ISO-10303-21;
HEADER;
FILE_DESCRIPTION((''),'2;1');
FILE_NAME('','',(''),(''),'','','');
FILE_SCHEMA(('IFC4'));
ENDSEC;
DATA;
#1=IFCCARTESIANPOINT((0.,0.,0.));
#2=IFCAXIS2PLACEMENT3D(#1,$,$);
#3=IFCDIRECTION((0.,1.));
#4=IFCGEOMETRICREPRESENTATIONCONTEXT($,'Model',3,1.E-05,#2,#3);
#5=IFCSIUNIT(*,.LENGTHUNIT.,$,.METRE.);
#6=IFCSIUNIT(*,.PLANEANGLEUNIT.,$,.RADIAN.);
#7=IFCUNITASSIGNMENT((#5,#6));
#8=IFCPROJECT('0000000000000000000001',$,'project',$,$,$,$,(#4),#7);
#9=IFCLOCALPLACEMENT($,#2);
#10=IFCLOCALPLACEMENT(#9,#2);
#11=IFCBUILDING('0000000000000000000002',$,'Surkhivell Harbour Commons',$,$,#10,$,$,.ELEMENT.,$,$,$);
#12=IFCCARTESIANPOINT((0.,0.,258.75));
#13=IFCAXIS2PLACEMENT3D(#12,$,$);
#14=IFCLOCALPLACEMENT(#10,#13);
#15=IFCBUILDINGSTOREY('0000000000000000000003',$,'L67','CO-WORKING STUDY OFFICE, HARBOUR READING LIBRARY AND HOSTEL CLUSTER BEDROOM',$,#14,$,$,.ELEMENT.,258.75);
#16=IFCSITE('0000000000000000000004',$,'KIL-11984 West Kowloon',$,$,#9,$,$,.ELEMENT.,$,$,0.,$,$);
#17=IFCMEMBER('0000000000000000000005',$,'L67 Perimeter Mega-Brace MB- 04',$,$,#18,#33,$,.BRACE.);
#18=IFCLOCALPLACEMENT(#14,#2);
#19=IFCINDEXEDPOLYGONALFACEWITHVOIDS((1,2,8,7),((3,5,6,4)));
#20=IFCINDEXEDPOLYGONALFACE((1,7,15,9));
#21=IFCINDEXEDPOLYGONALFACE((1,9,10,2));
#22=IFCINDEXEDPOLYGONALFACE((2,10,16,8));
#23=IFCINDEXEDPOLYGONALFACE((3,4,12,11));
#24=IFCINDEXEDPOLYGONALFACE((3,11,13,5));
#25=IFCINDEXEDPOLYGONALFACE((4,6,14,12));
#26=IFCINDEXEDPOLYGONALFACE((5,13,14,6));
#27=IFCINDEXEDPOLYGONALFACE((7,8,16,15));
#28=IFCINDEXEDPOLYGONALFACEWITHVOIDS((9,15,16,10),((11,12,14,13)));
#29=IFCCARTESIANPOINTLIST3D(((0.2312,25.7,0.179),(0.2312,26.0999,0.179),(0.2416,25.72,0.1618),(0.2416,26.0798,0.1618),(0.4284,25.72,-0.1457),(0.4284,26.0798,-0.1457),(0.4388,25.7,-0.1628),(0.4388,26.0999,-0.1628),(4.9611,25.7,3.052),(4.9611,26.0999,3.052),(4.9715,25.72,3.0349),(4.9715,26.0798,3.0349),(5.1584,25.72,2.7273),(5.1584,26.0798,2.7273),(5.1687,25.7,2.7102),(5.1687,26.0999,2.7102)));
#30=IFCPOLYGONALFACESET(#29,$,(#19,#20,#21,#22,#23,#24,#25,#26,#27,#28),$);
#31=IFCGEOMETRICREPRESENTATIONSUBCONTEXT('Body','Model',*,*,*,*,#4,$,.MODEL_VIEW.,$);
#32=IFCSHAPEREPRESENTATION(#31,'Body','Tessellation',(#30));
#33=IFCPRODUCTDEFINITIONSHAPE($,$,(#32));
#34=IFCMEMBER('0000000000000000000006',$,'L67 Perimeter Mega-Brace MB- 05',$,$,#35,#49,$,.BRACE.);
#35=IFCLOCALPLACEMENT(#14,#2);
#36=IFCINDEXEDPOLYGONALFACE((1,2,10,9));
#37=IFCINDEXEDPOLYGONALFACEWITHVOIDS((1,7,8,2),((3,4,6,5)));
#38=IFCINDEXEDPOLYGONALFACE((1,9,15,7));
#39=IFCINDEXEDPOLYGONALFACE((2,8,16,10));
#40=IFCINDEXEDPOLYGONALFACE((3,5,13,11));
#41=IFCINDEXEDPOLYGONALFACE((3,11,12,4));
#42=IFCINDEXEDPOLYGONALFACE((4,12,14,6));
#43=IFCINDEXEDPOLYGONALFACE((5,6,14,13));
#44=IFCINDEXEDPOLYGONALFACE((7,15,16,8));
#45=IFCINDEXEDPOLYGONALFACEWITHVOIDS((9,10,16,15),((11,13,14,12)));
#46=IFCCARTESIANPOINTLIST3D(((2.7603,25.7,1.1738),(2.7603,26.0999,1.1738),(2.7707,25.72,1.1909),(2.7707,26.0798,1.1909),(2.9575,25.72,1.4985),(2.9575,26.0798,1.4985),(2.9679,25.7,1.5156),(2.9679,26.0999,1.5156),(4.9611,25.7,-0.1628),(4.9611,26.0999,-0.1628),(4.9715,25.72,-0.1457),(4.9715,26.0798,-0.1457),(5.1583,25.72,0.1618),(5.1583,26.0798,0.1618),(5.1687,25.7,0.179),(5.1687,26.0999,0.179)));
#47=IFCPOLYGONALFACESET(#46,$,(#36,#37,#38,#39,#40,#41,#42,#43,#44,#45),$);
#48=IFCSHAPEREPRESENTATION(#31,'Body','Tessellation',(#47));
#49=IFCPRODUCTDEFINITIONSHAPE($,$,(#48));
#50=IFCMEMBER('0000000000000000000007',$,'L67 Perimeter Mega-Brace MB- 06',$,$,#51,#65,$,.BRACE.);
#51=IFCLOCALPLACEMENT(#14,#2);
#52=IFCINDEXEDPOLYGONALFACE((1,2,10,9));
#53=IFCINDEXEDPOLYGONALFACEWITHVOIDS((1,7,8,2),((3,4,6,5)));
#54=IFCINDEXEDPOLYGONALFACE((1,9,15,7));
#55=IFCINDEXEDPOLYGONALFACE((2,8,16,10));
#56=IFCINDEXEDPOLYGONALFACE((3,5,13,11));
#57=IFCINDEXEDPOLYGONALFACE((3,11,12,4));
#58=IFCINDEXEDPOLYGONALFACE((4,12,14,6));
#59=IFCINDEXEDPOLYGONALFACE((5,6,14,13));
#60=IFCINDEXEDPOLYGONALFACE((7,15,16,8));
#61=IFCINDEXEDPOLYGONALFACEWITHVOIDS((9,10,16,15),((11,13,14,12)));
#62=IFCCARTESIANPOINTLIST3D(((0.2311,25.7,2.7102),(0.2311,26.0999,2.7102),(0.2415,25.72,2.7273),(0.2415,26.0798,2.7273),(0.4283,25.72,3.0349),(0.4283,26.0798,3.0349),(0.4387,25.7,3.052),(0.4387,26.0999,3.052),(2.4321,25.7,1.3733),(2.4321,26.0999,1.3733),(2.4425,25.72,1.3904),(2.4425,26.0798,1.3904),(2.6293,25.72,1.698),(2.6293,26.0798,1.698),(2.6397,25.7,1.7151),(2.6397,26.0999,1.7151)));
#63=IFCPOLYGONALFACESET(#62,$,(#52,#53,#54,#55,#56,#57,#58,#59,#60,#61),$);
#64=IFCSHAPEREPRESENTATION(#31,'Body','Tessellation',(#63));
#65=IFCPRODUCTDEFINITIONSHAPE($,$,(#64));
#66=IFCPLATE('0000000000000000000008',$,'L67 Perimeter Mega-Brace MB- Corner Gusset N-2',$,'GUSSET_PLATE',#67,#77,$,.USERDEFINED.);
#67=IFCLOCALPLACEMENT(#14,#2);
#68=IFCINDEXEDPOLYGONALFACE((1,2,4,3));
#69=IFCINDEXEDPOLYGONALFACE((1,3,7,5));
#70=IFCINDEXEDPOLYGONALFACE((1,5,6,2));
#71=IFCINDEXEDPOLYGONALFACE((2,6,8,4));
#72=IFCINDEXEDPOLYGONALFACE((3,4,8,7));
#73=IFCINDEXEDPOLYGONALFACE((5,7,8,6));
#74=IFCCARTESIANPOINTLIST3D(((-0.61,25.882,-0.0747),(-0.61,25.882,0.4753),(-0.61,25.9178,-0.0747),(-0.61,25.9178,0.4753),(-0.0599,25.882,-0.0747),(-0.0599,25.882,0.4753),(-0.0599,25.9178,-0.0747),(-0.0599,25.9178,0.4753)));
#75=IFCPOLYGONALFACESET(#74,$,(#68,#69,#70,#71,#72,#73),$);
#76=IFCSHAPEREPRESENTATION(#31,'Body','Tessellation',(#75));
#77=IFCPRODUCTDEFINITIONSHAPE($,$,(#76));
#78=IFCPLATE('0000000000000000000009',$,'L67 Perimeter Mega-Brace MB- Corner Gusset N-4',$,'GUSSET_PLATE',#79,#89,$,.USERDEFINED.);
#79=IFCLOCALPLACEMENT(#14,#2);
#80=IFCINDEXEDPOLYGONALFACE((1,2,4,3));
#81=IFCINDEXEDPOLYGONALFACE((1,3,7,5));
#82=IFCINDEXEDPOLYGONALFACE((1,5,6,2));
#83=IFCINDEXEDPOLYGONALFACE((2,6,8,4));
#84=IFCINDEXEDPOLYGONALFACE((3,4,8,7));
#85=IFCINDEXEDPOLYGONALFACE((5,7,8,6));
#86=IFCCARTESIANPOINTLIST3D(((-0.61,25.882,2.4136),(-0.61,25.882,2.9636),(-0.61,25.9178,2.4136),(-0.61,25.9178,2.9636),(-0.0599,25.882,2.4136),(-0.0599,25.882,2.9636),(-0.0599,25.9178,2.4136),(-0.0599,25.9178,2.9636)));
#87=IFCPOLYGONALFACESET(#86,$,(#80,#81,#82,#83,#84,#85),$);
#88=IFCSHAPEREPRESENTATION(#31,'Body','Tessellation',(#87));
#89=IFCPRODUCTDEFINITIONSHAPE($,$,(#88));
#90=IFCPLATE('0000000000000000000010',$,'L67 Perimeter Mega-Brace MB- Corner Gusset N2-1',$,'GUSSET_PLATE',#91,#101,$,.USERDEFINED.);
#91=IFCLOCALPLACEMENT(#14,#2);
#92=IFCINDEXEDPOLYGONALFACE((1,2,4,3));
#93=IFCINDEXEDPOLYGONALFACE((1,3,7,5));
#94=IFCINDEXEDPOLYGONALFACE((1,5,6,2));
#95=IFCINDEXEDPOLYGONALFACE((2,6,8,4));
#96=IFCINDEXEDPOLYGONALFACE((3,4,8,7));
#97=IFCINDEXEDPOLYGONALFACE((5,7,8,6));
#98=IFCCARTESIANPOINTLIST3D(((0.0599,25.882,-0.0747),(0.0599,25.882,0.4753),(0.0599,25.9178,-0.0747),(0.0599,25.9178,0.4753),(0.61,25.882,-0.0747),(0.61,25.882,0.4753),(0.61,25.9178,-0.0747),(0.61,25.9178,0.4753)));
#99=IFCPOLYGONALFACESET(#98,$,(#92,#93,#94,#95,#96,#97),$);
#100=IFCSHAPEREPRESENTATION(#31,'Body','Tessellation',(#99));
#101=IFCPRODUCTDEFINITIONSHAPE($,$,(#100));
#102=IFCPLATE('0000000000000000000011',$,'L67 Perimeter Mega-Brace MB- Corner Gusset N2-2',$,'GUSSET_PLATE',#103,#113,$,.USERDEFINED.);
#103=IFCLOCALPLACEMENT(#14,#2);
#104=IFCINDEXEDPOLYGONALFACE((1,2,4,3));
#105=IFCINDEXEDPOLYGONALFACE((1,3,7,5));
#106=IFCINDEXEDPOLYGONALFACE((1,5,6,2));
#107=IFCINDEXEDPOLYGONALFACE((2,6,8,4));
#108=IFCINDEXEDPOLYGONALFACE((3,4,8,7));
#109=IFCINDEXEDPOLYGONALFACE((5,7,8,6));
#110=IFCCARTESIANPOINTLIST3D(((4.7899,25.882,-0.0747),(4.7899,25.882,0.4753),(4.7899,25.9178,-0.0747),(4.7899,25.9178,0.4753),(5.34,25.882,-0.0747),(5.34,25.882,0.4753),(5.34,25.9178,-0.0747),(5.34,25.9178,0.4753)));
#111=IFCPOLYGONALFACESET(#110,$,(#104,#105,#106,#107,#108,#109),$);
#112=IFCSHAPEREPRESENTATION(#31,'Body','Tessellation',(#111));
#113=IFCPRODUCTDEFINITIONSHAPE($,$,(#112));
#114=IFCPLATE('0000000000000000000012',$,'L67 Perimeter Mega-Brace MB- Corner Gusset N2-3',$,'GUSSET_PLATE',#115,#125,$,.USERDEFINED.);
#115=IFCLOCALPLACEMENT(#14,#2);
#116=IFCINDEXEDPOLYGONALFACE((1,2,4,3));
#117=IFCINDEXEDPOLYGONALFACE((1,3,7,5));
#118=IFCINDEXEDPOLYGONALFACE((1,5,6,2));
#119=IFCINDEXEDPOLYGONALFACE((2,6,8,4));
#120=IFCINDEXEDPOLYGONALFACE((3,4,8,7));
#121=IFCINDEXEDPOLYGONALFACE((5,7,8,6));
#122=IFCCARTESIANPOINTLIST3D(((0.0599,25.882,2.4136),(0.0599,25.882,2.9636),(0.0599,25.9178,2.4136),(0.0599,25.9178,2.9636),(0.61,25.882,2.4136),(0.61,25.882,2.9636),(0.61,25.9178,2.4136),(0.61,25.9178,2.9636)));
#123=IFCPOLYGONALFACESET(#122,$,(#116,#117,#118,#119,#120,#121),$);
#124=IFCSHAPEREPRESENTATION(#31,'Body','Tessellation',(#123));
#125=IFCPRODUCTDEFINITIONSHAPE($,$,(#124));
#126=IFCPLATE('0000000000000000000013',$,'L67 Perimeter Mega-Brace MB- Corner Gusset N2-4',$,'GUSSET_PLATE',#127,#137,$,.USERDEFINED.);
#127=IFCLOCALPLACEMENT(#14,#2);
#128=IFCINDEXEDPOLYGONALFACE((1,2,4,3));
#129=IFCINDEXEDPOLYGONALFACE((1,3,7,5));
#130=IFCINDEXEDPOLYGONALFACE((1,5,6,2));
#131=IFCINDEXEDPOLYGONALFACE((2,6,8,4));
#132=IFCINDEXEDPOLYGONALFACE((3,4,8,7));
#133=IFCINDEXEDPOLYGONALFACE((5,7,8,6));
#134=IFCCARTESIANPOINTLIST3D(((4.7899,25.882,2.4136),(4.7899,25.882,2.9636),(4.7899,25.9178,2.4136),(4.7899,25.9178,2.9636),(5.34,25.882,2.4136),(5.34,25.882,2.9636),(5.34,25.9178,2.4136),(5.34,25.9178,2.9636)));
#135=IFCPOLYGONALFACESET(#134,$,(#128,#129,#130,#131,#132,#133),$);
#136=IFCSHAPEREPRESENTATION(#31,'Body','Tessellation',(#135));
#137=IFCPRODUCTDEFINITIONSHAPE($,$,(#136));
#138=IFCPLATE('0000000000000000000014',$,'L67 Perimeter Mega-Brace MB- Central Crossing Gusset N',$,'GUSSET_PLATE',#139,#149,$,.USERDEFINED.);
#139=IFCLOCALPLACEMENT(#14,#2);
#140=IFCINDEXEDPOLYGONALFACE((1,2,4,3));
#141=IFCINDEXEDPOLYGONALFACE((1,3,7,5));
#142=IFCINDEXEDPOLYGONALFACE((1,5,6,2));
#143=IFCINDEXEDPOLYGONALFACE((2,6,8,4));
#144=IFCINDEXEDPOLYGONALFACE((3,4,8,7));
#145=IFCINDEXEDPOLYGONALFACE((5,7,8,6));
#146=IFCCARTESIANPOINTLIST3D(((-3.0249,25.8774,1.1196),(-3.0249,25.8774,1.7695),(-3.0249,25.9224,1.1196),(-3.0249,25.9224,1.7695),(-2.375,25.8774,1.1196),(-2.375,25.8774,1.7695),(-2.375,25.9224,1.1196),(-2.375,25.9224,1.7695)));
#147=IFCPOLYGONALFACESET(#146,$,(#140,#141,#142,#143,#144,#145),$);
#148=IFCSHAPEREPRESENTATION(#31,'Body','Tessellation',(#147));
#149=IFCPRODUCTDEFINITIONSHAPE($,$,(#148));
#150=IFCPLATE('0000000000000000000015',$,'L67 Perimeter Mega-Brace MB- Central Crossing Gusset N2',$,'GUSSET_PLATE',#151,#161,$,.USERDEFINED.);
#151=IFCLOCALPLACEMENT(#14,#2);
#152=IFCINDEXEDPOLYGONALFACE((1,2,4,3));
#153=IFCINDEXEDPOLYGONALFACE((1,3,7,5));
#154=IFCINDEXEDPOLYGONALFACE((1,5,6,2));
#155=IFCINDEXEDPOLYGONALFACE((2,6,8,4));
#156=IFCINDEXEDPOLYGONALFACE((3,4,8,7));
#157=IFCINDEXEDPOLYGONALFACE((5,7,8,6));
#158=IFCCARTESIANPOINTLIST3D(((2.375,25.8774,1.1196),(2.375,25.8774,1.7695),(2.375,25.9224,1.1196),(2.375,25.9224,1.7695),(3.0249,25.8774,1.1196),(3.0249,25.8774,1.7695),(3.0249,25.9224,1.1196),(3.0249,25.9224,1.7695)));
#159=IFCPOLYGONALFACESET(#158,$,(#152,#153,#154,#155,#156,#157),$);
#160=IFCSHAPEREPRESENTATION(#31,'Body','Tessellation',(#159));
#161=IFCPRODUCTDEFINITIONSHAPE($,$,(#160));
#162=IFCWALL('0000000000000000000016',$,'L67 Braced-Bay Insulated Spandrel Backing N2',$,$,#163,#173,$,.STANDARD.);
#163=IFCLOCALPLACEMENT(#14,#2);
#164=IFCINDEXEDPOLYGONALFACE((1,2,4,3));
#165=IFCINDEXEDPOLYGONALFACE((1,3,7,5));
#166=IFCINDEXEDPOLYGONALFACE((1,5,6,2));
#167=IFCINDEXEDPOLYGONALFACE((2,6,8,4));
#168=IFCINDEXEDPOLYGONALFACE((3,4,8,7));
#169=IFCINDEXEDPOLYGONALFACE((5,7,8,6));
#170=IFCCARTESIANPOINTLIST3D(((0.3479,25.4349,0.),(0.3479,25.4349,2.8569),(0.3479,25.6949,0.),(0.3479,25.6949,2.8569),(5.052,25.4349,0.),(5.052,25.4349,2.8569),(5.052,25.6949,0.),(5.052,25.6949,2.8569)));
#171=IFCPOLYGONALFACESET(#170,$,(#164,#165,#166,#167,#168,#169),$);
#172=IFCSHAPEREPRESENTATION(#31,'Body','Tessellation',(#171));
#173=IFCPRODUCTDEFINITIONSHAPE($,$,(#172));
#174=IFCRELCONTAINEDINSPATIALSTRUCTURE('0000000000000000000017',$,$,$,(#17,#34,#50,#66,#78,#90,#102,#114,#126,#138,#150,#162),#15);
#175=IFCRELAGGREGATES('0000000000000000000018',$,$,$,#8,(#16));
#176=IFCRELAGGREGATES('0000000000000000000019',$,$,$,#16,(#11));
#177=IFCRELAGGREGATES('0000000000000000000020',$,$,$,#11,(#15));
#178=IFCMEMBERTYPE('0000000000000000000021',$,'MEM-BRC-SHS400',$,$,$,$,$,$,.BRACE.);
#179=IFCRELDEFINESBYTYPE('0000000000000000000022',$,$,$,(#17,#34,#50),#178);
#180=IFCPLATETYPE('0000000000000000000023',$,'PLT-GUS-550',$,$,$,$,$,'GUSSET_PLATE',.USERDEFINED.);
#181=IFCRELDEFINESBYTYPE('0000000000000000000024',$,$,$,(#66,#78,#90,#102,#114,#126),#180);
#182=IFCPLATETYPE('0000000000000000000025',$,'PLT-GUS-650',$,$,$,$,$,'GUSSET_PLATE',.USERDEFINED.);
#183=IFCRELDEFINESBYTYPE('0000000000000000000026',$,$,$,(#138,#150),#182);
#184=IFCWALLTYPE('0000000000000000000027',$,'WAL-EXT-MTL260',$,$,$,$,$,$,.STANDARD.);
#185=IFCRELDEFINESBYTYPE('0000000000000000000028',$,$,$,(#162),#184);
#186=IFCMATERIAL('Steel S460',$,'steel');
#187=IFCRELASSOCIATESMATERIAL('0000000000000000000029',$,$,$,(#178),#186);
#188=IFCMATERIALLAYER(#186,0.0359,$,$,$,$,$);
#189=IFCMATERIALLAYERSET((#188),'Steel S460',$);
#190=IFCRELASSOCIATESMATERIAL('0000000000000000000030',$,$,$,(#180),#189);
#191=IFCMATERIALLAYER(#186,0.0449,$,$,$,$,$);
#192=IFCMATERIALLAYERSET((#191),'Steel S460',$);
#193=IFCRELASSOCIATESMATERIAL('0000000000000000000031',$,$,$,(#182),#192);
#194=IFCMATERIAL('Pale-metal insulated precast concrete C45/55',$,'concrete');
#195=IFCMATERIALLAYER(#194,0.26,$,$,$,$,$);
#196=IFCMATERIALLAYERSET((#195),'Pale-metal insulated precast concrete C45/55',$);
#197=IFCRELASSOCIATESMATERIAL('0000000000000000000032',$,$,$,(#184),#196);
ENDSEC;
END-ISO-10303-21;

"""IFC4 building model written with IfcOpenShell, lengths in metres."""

from ifc_helpers import new_model, si_unit, direction, frame, frame_2d, origin, origin_2d, place, context, subcontext, project, spatial, rectangle, hollow_rectangle, extrude, material, layer, layer_set, material_profile, profile_set, type_object, element, save


model = new_model("IFC4")

# Units and contexts
model_context = context("Model", 3, precision=1e-05, world=origin(), true_north=direction((0.0, 1.0)))
body_context = subcontext(model_context, "Body", "Model", "MODEL_VIEW")
ifc_project = project(units=[si_unit("LENGTHUNIT", "METRE"), si_unit("PLANEANGLEUNIT", "RADIAN")], contexts=[model_context])

# Site, building, storey
site_placement = place(None, origin())
site = spatial("IfcSite", under=ifc_project, at=site_placement, Name="KIL-11984 West Kowloon", CompositionType="ELEMENT", RefElevation=0.0)
building_placement = place(site_placement, origin())
building = spatial("IfcBuilding", under=site, at=building_placement, Name="Surkhivell Harbour Commons", CompositionType="ELEMENT")
storey_placement = place(building_placement, frame((0.0, 0.0, 258.75)))
storey = spatial("IfcBuildingStorey", under=building, at=storey_placement, Name="L67", Description="CO-WORKING STUDY OFFICE, HARBOUR READING LIBRARY AND HOSTEL CLUSTER BEDROOM", CompositionType="ELEMENT", Elevation=258.75)

# Members
ifc_material_1 = material(Name="Steel S460", Category="steel")
ifc_material_profile_1 = material_profile(ifc_material_1, hollow_rectangle(XDim=0.3999, YDim=0.3999, WallThickness=0.02, at=origin_2d()), Name="SHS400x400x20")
ifc_profile_set_1 = profile_set([ifc_material_profile_1], Name="Steel S460")
member_type_1 = type_object("IfcMemberType", Name="MEM-BRC-SHS400", PredefinedType="BRACE", material=ifc_profile_set_1)
member_1_placement = place(storey_placement, frame((0.335, 25.8999, 0.0081), z_axis=(0.854685, 0.0, 0.519146), x_axis=(0.0, 1.0, 0.0)))
element("IfcMember", 1, at=member_1_placement, inside=storey, type_object=member_type_1, Name="L67 Perimeter Mega-Brace MB- 04", PredefinedType="BRACE", context=body_context, shape_type="SweptSolid", body=[
    extrude(hollow_rectangle(XDim=0.3999, YDim=0.3999, WallThickness=0.02, at=origin_2d()), origin(), (0.0, 0.0, 1.0), 5.5342),
])
member_2_placement = place(storey_placement, frame((5.0649, 25.8999, 0.0081), z_axis=(-0.85472, 0.0, 0.519089), x_axis=(0.0, -1.0, 0.0)))
element("IfcMember", 2, at=member_2_placement, inside=storey, type_object=member_type_1, Name="L67 Perimeter Mega-Brace MB- 05", PredefinedType="BRACE", context=body_context, shape_type="SweptSolid", body=[
    extrude(hollow_rectangle(XDim=0.3999, YDim=0.3999, WallThickness=0.02, at=origin_2d()), origin(), (0.0, 0.0, 1.0), 2.575),
])
member_3_placement = place(storey_placement, frame((2.5359, 25.8999, 1.5442), z_axis=(-0.854678, 0.0, 0.519159), x_axis=(0.0, -1.0, 0.0)))
element("IfcMember", 3, at=member_3_placement, inside=storey, type_object=member_type_1, Name="L67 Perimeter Mega-Brace MB- 06", PredefinedType="BRACE", context=body_context, shape_type="SweptSolid", body=[
    extrude(hollow_rectangle(XDim=0.3999, YDim=0.3999, WallThickness=0.02, at=origin_2d()), origin(), (0.0, 0.0, 1.0), 2.5752),
])

# Plates
ifc_layer_1 = layer(ifc_material_1, 0.0359)
ifc_layer_set_1 = layer_set([ifc_layer_1], Name="Steel S460")
plate_type_1 = type_object("IfcPlateType", Name="PLT-GUS-550", ElementType="GUSSET_PLATE", PredefinedType="USERDEFINED", material=ifc_layer_set_1)
for number, where, z_axis, x_axis, name in (
    (4, (-0.335, 25.8999, -0.0747), (0.0, 0.0, 1.0), (1.0, 0.0, 0.0), "L67 Perimeter Mega-Brace MB- Corner Gusset N-2"),
    (5, (-0.335, 25.8999, 2.4136), (0.0, 0.0, 1.0), (1.0, 0.0, 0.0), "L67 Perimeter Mega-Brace MB- Corner Gusset N-4"),
    (6, (0.335, 25.8999, -0.0747), (0.0, 0.0, 1.0), (1.0, 0.0, 0.0), "L67 Perimeter Mega-Brace MB- Corner Gusset N2-1"),
    (7, (5.0649, 25.8999, -0.0747), (0.0, 0.0, 1.0), (1.0, 0.0, 0.0), "L67 Perimeter Mega-Brace MB- Corner Gusset N2-2"),
    (8, (0.335, 25.8999, 2.4136), (0.0, 0.0, 1.0), (1.0, 0.0, 0.0), "L67 Perimeter Mega-Brace MB- Corner Gusset N2-3"),
    (9, (5.0649, 25.8999, 2.4136), (0.0, 0.0, 1.0), (1.0, 0.0, 0.0), "L67 Perimeter Mega-Brace MB- Corner Gusset N2-4"),
):
    element("IfcPlate", number, at=place(storey_placement, frame(where, z_axis=z_axis, x_axis=x_axis)), inside=storey, type_object=plate_type_1, Name=name, ObjectType="GUSSET_PLATE", PredefinedType="USERDEFINED", context=body_context, shape_type="SweptSolid", body=[
        extrude(rectangle(XDim=0.55, YDim=0.0359, at=origin_2d()), origin(), (0.0, 0.0, 1.0), 0.55),
    ])
ifc_layer_2 = layer(ifc_material_1, 0.0449)
ifc_layer_set_2 = layer_set([ifc_layer_2], Name="Steel S460")
plate_type_2 = type_object("IfcPlateType", Name="PLT-GUS-650", ElementType="GUSSET_PLATE", PredefinedType="USERDEFINED", material=ifc_layer_set_2)
for number, where, z_axis, x_axis, name in (
    (10, (-2.7, 25.8999, 1.1196), (0.0, 0.0, 1.0), (1.0, 0.0, 0.0), "L67 Perimeter Mega-Brace MB- Central Crossing Gusset N"),
    (11, (2.7, 25.8999, 1.1196), (0.0, 0.0, 1.0), (1.0, 0.0, 0.0), "L67 Perimeter Mega-Brace MB- Central Crossing Gusset N2"),
):
    element("IfcPlate", number, at=place(storey_placement, frame(where, z_axis=z_axis, x_axis=x_axis)), inside=storey, type_object=plate_type_2, Name=name, ObjectType="GUSSET_PLATE", PredefinedType="USERDEFINED", context=body_context, shape_type="SweptSolid", body=[
        extrude(rectangle(XDim=0.6499, YDim=0.0449, at=origin_2d()), origin(), (0.0, 0.0, 1.0), 0.6499),
    ])

# Wall
ifc_material_2 = material(Name="Pale-metal insulated precast concrete C45/55", Category="concrete")
ifc_layer_3 = layer(ifc_material_2, 0.26)
ifc_layer_set_3 = layer_set([ifc_layer_3], Name="Pale-metal insulated precast concrete C45/55")
wall_type = type_object("IfcWallType", Name="WAL-EXT-MTL260", PredefinedType="STANDARD", material=ifc_layer_set_3)
wall_placement = place(storey_placement, frame((5.052, 25.5649, 0.0), z_axis=(0.0, 0.0, 1.0), x_axis=(-1.0, 0.0, 0.0)))
element("IfcWall", 12, at=wall_placement, inside=storey, type_object=wall_type, Name="L67 Braced-Bay Insulated Spandrel Backing N2", PredefinedType="STANDARD", context=body_context, shape_type="SweptSolid", body=[
    extrude(rectangle(XDim=4.7041, YDim=0.26, at=frame_2d((2.3521, 0.0))), origin(), (0.0, 0.0, 1.0), 2.8569),
])

save(model, "model.ifc")
